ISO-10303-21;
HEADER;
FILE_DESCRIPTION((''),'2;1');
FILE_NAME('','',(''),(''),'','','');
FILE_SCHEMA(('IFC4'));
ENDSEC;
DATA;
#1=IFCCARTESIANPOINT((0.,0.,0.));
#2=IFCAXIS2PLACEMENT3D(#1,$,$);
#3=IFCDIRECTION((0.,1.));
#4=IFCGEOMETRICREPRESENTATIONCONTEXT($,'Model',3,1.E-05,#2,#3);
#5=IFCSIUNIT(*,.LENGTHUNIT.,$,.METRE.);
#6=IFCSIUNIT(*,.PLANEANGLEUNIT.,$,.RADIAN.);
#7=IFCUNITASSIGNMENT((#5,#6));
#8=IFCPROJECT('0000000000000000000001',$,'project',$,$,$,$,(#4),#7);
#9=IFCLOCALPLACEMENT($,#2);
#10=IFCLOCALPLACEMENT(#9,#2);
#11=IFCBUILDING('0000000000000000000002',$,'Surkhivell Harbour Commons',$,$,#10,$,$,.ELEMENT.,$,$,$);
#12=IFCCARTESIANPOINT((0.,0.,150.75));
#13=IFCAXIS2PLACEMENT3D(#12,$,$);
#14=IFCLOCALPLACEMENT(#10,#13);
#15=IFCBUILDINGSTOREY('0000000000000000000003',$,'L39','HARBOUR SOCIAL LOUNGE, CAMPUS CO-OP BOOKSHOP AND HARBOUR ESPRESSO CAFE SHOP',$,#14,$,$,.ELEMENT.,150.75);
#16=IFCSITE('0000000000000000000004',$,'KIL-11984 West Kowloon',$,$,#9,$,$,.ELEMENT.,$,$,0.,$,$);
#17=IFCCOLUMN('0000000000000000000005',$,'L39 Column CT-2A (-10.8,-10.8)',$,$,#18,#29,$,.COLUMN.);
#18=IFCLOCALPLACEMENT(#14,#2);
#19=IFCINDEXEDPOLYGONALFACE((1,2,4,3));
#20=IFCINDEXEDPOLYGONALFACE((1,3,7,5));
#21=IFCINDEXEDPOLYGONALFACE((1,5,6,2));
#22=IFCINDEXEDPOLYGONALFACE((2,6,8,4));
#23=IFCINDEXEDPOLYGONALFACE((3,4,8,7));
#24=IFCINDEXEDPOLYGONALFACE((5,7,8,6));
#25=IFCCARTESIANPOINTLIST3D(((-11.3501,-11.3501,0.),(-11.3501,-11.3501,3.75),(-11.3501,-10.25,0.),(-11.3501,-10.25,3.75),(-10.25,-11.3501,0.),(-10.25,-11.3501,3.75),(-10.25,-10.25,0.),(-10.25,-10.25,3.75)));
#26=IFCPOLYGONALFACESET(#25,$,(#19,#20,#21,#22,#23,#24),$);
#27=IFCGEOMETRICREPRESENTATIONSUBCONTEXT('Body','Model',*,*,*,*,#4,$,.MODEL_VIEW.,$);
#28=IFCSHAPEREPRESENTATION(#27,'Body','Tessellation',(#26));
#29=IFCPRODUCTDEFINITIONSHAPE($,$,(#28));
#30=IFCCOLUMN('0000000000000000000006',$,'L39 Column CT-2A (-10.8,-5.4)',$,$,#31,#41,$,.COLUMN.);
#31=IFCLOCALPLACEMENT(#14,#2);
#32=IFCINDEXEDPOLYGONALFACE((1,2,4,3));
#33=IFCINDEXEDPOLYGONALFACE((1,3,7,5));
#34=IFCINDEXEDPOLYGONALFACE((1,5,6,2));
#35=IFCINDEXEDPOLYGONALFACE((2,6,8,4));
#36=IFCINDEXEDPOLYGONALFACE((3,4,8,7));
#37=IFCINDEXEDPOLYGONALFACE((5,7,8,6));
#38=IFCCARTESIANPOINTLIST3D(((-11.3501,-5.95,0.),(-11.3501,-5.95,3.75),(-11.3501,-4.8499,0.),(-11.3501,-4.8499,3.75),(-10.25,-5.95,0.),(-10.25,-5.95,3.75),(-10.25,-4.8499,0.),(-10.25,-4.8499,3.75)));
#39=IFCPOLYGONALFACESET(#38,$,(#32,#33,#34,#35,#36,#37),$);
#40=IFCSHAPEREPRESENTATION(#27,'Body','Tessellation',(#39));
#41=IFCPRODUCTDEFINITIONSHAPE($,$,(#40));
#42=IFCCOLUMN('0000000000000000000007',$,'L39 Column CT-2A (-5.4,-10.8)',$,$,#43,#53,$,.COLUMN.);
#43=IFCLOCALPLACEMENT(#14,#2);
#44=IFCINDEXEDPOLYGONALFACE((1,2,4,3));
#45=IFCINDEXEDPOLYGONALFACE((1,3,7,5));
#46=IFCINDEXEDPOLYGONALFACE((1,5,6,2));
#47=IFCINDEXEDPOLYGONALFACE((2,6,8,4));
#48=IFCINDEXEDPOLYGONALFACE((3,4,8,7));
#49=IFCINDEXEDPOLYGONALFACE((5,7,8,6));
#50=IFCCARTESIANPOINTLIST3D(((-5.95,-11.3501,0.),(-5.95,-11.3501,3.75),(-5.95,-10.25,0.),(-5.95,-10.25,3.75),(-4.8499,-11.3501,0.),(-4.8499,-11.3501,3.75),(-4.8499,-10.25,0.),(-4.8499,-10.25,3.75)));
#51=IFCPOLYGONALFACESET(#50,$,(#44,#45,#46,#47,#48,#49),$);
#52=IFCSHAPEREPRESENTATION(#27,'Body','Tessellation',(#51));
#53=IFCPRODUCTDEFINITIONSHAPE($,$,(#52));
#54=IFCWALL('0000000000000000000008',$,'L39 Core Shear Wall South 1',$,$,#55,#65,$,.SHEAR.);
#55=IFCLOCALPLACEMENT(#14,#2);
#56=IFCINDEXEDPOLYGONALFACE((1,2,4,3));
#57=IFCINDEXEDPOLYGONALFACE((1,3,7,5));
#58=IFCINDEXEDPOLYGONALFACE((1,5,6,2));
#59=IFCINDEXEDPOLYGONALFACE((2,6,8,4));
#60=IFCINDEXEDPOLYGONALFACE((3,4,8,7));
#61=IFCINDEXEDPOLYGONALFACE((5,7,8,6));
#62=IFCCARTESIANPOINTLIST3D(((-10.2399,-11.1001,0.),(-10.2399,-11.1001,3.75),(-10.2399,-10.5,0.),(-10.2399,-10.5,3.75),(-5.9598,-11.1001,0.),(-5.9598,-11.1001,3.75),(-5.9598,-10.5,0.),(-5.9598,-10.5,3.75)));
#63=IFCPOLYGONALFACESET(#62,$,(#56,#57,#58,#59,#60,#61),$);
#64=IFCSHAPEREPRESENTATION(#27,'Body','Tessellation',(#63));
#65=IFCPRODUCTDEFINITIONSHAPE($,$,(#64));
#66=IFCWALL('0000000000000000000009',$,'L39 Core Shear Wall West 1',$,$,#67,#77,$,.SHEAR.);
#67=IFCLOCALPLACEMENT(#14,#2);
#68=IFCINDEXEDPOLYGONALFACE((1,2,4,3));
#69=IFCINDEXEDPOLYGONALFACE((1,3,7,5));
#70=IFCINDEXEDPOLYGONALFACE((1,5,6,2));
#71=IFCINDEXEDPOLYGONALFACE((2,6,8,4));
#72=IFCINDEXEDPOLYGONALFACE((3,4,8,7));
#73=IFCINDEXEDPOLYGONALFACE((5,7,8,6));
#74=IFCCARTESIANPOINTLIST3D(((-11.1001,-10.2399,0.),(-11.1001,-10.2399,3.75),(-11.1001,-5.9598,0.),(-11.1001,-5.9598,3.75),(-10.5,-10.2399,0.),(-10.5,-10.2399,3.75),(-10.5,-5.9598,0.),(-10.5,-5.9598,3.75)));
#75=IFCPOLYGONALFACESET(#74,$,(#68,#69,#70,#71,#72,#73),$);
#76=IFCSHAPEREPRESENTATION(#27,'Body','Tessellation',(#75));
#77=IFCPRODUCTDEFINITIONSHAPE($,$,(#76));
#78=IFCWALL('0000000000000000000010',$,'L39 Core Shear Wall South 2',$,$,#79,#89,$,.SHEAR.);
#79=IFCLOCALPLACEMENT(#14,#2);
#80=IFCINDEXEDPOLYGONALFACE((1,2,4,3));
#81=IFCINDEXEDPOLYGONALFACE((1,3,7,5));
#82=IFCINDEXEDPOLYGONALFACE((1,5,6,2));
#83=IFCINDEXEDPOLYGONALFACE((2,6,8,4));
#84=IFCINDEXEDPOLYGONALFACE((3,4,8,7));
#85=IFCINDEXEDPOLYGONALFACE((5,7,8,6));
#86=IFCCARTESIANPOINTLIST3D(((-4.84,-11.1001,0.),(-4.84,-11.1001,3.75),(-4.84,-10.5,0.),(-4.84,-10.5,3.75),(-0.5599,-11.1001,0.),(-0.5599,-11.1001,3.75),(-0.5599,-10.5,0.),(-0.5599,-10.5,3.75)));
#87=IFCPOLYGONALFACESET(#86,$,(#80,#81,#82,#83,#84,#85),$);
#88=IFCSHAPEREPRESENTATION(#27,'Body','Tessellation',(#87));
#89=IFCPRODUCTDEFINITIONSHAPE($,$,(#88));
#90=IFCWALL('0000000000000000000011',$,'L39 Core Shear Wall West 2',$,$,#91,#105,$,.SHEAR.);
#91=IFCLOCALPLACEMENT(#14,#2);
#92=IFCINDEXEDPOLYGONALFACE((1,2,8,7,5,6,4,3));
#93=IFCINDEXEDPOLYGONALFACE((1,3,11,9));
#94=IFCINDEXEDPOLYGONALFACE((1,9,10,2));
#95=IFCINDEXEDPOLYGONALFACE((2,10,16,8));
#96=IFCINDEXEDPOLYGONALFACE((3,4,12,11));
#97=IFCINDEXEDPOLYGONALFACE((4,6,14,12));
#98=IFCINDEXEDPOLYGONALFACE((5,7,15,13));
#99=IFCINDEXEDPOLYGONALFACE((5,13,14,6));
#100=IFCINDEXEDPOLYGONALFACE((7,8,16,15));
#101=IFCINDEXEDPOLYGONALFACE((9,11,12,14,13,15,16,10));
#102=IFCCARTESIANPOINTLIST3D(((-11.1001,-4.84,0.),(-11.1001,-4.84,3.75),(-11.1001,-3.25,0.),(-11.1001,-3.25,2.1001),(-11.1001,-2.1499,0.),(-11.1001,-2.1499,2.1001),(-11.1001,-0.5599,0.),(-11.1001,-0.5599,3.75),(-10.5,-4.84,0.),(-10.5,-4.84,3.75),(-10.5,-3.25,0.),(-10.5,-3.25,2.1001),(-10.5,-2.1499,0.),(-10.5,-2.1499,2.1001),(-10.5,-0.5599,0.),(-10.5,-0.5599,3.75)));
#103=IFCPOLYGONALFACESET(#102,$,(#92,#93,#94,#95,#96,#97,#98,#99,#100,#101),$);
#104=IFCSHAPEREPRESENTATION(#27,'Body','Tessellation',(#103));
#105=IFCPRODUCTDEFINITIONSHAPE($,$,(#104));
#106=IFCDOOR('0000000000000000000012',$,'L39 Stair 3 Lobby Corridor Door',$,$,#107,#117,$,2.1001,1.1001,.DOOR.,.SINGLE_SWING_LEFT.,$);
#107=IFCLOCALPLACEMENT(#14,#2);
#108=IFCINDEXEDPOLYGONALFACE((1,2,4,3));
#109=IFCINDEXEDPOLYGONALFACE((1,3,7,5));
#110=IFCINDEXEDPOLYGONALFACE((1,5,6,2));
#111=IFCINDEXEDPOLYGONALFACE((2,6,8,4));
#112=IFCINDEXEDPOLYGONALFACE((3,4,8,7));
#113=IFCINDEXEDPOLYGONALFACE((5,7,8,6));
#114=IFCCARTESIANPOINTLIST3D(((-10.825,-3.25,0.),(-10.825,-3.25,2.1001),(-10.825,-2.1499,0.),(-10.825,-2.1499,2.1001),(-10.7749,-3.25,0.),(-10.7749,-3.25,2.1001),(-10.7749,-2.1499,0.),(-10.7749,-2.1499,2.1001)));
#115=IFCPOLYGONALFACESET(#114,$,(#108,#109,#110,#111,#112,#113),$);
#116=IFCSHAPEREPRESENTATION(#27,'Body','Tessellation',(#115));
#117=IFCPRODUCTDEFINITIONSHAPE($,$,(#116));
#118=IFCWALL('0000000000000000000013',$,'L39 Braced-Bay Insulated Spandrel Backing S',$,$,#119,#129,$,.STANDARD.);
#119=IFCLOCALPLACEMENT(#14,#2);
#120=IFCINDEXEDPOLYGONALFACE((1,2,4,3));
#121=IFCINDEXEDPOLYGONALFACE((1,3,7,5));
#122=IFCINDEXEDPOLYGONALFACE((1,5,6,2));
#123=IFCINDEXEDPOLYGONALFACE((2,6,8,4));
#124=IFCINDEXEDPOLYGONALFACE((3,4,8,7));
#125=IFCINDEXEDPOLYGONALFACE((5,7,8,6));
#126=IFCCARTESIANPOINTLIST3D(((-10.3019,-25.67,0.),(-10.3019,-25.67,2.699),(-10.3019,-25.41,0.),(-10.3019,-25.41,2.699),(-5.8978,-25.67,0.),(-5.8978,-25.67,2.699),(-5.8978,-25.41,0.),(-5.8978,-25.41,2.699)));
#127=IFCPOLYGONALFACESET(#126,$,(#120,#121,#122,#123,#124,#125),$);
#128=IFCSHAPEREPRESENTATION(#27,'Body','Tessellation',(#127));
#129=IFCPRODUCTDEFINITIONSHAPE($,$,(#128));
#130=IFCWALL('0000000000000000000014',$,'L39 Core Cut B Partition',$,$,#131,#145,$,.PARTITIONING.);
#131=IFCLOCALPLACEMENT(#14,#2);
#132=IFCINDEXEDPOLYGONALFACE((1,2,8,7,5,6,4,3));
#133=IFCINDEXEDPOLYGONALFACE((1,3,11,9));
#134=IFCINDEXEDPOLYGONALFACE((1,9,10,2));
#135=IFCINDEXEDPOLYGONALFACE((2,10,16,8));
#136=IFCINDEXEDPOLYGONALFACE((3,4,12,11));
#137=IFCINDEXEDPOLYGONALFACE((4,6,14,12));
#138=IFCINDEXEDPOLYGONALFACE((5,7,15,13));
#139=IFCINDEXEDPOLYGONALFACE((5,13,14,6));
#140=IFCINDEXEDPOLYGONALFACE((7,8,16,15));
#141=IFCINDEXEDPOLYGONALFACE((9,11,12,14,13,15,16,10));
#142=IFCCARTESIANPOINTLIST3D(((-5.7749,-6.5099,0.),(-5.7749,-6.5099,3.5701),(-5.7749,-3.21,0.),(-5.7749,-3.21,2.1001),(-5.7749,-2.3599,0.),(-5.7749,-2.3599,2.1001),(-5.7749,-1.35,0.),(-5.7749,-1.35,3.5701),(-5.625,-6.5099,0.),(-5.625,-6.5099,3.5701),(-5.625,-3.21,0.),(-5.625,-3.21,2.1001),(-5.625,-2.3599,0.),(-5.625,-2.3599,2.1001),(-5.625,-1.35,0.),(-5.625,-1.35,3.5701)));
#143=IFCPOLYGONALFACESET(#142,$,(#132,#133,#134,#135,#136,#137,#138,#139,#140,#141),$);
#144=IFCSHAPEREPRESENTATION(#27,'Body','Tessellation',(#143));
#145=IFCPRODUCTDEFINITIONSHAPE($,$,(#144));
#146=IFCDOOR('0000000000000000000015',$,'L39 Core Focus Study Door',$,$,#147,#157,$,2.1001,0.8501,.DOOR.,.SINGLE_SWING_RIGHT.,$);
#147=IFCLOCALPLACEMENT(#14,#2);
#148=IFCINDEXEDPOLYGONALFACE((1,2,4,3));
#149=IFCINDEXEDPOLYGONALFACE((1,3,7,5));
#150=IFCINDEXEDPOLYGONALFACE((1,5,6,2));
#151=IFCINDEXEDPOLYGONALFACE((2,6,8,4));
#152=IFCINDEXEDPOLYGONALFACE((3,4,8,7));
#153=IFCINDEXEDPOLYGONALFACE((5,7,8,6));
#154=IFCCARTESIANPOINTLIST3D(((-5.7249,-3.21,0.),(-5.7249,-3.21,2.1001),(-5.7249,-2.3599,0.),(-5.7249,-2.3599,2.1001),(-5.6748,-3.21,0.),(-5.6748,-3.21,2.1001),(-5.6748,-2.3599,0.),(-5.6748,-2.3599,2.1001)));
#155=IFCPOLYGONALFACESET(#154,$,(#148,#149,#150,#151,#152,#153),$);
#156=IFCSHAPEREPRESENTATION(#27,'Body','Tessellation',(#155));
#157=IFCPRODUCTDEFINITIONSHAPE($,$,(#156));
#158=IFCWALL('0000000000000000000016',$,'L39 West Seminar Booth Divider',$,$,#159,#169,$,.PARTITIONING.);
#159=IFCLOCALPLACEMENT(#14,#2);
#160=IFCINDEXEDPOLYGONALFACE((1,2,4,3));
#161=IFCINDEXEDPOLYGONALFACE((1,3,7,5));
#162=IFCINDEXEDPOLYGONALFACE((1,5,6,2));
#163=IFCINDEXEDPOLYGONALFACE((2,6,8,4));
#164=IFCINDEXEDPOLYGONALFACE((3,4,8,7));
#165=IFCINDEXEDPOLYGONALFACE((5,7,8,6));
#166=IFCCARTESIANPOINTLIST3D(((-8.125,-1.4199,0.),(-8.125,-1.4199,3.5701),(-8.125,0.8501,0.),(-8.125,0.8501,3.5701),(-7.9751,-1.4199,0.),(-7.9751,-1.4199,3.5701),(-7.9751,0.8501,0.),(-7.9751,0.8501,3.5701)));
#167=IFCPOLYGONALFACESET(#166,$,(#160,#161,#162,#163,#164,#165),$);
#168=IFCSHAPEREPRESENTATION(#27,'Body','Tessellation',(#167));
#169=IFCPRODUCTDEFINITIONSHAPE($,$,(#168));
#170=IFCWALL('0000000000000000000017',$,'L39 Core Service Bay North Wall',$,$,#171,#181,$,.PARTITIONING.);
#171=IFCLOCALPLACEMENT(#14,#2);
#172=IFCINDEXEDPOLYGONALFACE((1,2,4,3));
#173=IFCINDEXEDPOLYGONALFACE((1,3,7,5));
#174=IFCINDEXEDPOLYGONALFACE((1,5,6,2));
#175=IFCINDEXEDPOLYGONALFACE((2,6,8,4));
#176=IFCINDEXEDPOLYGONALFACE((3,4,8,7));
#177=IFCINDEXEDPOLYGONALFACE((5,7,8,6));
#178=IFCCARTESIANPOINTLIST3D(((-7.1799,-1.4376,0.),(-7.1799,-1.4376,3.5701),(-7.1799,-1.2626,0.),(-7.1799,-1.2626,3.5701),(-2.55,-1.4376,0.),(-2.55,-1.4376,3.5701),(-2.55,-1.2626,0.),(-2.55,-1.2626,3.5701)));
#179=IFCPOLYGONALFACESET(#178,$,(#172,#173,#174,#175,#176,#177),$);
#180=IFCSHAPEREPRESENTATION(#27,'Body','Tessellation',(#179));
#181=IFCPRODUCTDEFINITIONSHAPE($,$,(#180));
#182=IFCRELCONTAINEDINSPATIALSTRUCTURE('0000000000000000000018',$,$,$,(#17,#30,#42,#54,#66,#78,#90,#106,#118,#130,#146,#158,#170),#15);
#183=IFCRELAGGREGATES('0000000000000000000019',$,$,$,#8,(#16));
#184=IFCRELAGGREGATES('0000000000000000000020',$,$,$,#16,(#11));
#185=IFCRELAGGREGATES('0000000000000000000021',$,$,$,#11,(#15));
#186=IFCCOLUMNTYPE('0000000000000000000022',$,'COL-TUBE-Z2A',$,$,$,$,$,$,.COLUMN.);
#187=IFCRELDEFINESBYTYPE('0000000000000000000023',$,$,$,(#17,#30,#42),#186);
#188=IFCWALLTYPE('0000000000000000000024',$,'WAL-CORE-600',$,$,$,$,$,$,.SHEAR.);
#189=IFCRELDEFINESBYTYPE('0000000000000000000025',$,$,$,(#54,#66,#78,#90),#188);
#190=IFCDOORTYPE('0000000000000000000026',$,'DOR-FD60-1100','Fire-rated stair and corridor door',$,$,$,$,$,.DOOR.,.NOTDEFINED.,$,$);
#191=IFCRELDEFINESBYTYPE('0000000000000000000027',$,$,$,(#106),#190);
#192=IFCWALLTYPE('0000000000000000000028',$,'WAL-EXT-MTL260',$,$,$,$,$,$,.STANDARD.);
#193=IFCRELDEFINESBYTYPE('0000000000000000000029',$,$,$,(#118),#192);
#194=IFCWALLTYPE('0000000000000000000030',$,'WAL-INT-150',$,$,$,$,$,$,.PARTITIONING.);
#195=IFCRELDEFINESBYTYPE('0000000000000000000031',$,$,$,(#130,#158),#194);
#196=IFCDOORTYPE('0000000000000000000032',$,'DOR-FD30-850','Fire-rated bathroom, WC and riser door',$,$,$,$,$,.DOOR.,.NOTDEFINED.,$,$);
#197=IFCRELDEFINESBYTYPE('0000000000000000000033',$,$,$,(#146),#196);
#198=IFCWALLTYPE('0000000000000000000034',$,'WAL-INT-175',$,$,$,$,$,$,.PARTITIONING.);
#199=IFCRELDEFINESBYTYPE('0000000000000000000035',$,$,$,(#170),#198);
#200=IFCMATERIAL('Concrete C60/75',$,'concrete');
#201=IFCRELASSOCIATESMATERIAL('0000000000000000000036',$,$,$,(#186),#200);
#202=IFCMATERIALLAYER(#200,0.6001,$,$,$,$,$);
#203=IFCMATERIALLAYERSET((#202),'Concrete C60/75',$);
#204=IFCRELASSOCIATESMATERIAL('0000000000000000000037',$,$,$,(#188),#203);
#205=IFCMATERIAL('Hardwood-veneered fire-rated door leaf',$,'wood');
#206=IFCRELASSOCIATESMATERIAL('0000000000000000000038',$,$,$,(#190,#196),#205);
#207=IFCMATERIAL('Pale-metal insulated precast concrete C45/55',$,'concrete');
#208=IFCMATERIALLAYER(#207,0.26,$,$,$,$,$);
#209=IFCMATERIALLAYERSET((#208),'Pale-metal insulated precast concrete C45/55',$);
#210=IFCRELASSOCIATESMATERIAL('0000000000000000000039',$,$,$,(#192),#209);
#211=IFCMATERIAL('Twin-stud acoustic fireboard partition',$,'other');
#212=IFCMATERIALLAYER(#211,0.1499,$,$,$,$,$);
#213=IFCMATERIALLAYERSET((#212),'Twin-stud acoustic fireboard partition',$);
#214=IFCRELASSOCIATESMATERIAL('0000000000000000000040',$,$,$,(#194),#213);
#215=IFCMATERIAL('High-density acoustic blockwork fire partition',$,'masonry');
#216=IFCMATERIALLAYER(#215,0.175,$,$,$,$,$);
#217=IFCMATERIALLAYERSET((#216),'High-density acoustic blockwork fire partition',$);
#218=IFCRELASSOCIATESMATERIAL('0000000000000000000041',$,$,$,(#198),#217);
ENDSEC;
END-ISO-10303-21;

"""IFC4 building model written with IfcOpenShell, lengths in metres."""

from ifc_helpers import new_model, si_unit, direction, frame, frame_2d, origin, origin_2d, place, context, subcontext, project, spatial, rectangle, extrude, material, layer, layer_set, material_profile, profile_set, type_object, element, fill, save


model = new_model("IFC4")

# Units and contexts
model_context = context("Model", 3, precision=1e-05, world=origin(), true_north=direction((0.0, 1.0)))
body_context = subcontext(model_context, "Body", "Model", "MODEL_VIEW")
ifc_project = project(units=[si_unit("LENGTHUNIT", "METRE"), si_unit("PLANEANGLEUNIT", "RADIAN")], contexts=[model_context])

# Site, building, storey
site_placement = place(None, origin())
site = spatial("IfcSite", under=ifc_project, at=site_placement, Name="KIL-11984 West Kowloon", CompositionType="ELEMENT", RefElevation=0.0)
building_placement = place(site_placement, origin())
building = spatial("IfcBuilding", under=site, at=building_placement, Name="Surkhivell Harbour Commons", CompositionType="ELEMENT")
storey_placement = place(building_placement, frame((0.0, 0.0, 150.75)))
storey = spatial("IfcBuildingStorey", under=building, at=storey_placement, Name="L39", Description="HARBOUR SOCIAL LOUNGE, CAMPUS CO-OP BOOKSHOP AND HARBOUR ESPRESSO CAFE SHOP", CompositionType="ELEMENT", Elevation=150.75)

# Columns
ifc_material_1 = material(Name="Concrete C60/75", Category="concrete")
ifc_material_profile = material_profile(ifc_material_1, rectangle(XDim=1.1001, YDim=1.1001, at=origin_2d()), Name="RC-COL-1100x1100")
ifc_profile_set = profile_set([ifc_material_profile], Name="Concrete C60/75")
column_type = type_object("IfcColumnType", Name="COL-TUBE-Z2A", PredefinedType="COLUMN", material=ifc_profile_set)
for number, where, z_axis, x_axis, name in (
    (1, (-10.8, -10.8, 0.0), (0.0, 0.0, 1.0), (1.0, 0.0, 0.0), "L39 Column CT-2A (-10.8,-10.8)"),
    (2, (-10.8, -5.3999, 0.0), (0.0, 0.0, 1.0), (1.0, 0.0, 0.0), "L39 Column CT-2A (-10.8,-5.4)"),
    (3, (-5.3999, -10.8, 0.0), (0.0, 0.0, 1.0), (1.0, 0.0, 0.0), "L39 Column CT-2A (-5.4,-10.8)"),
):
    element("IfcColumn", number, at=place(storey_placement, frame(where, z_axis=z_axis, x_axis=x_axis)), inside=storey, type_object=column_type, Name=name, PredefinedType="COLUMN", context=body_context, shape_type="SweptSolid", body=[
        extrude(rectangle(XDim=1.1001, YDim=1.1001, at=origin_2d()), origin(), (0.0, 0.0, 1.0), 3.75),
    ])

# Walls
ifc_layer_1 = layer(ifc_material_1, 0.6001)
ifc_layer_set_1 = layer_set([ifc_layer_1], Name="Concrete C60/75")
wall_type_1 = type_object("IfcWallType", Name="WAL-CORE-600", PredefinedType="SHEAR", material=ifc_layer_set_1)
for number, where, z_axis, x_axis, name in (
    (4, (-10.24, -10.8, 0.0), (0.0, 0.0, 1.0), (1.0, 0.0, 0.0), "L39 Core Shear Wall South 1"),
    (5, (-10.8, -10.24, 0.0), (0.0, 0.0, 1.0), (0.0, 1.0, 0.0), "L39 Core Shear Wall West 1"),
    (6, (-4.8401, -10.8, 0.0), (0.0, 0.0, 1.0), (1.0, 0.0, 0.0), "L39 Core Shear Wall South 2"),
):
    element("IfcWall", number, at=place(storey_placement, frame(where, z_axis=z_axis, x_axis=x_axis)), inside=storey, type_object=wall_type_1, Name=name, PredefinedType="SHEAR", context=body_context, shape_type="SweptSolid", body=[
        extrude(rectangle(XDim=4.28, YDim=0.6001, at=frame_2d((2.1401, 0.0))), origin(), (0.0, 0.0, 1.0), 3.75),
    ])

# Wall, opening, door
wall_1_placement = place(storey_placement, frame((-10.8, -4.8401, 0.0), z_axis=(0.0, 0.0, 1.0), x_axis=(0.0, 1.0, 0.0)))
wall_1 = element("IfcWall", 7, at=wall_1_placement, inside=storey, type_object=wall_type_1, Name="L39 Core Shear Wall West 2", PredefinedType="SHEAR", context=body_context, shape_type="SweptSolid", body=[
    extrude(rectangle(XDim=4.28, YDim=0.6001, at=frame_2d((2.1401, 0.0))), origin(), (0.0, 0.0, 1.0), 3.75),
])
opening_1_placement = place(wall_1_placement, frame((1.5901, 0.0, 0.0)))
opening_1 = element("IfcOpeningElement", 8, at=opening_1_placement, cuts=wall_1, PredefinedType="OPENING", context=body_context, shape_type="SweptSolid", body=[
    extrude(rectangle(XDim=1.1001, YDim=2.1001, at=frame_2d((0.55, 1.05))), frame((0.0, 0.3101, 0.0), z_axis=(0.0, -1.0, 0.0), x_axis=(1.0, 0.0, 0.0)), (0.0, 0.0, 1.0), 0.6201),
])
ifc_material_2 = material(Name="Hardwood-veneered fire-rated door leaf", Category="wood")
door_type_1 = type_object("IfcDoorType", Name="DOR-FD60-1100", Description="Fire-rated stair and corridor door", OperationType="NOTDEFINED", PredefinedType="DOOR", material=ifc_material_2)
door_1_placement = place(opening_1_placement, origin())
door_1 = element("IfcDoor", 9, at=door_1_placement, inside=storey, type_object=door_type_1, Name="L39 Stair 3 Lobby Corridor Door", OperationType="SINGLE_SWING_LEFT", OverallHeight=2.1001, OverallWidth=1.1001, PredefinedType="DOOR", context=body_context, shape_type="SweptSolid", body=[
    extrude(rectangle(XDim=1.1001, YDim=2.1001, at=frame_2d((0.55, 1.05))), frame((0.0, 0.0249, 0.0), z_axis=(0.0, -1.0, 0.0), x_axis=(1.0, 0.0, 0.0)), (0.0, 0.0, 1.0), 0.05),
])
fill(opening_1, door_1)

# Wall
ifc_material_3 = material(Name="Pale-metal insulated precast concrete C45/55", Category="concrete")
ifc_layer_2 = layer(ifc_material_3, 0.26)
ifc_layer_set_2 = layer_set([ifc_layer_2], Name="Pale-metal insulated precast concrete C45/55")
wall_type_2 = type_object("IfcWallType", Name="WAL-EXT-MTL260", PredefinedType="STANDARD", material=ifc_layer_set_2)
wall_2_placement = place(storey_placement, frame((-10.302, -25.54, 0.0), z_axis=(0.0, 0.0, 1.0), x_axis=(1.0, 0.0, 0.0)))
element("IfcWall", 10, at=wall_2_placement, inside=storey, type_object=wall_type_2, Name="L39 Braced-Bay Insulated Spandrel Backing S", PredefinedType="STANDARD", context=body_context, shape_type="SweptSolid", body=[
    extrude(rectangle(XDim=4.4041, YDim=0.26, at=frame_2d((2.2021, 0.0))), origin(), (0.0, 0.0, 1.0), 2.699),
])

# Wall, opening, door
ifc_material_4 = material(Name="Twin-stud acoustic fireboard partition", Category="other")
ifc_layer_3 = layer(ifc_material_4, 0.1499)
ifc_layer_set_3 = layer_set([ifc_layer_3], Name="Twin-stud acoustic fireboard partition")
wall_type_3 = type_object("IfcWallType", Name="WAL-INT-150", PredefinedType="PARTITIONING", material=ifc_layer_set_3)
wall_3_placement = place(storey_placement, frame((-5.7, -6.51, 0.0), z_axis=(0.0, 0.0, 1.0), x_axis=(0.0, 1.0, 0.0)))
wall_3 = element("IfcWall", 11, at=wall_3_placement, inside=storey, type_object=wall_type_3, Name="L39 Core Cut B Partition", PredefinedType="PARTITIONING", context=body_context, shape_type="SweptSolid", body=[
    extrude(rectangle(XDim=5.1599, YDim=0.1499, at=frame_2d((2.5801, 0.0))), origin(), (0.0, 0.0, 1.0), 3.5701),
])
opening_2_placement = place(wall_3_placement, frame((3.3, 0.0, 0.0)))
opening_2 = element("IfcOpeningElement", 12, at=opening_2_placement, cuts=wall_3, PredefinedType="OPENING", context=body_context, shape_type="SweptSolid", body=[
    extrude(rectangle(XDim=0.8501, YDim=2.1001, at=frame_2d((0.425, 1.05))), frame((0.0, 0.085, 0.0), z_axis=(0.0, -1.0, 0.0), x_axis=(1.0, 0.0, 0.0)), (0.0, 0.0, 1.0), 0.1699),
])
door_type_2 = type_object("IfcDoorType", Name="DOR-FD30-850", Description="Fire-rated bathroom, WC and riser door", OperationType="NOTDEFINED", PredefinedType="DOOR", material=ifc_material_2)
door_2_placement = place(opening_2_placement, origin())
door_2 = element("IfcDoor", 13, at=door_2_placement, inside=storey, type_object=door_type_2, Name="L39 Core Focus Study Door", OperationType="SINGLE_SWING_RIGHT", OverallHeight=2.1001, OverallWidth=0.8501, PredefinedType="DOOR", context=body_context, shape_type="SweptSolid", body=[
    extrude(rectangle(XDim=0.8501, YDim=2.1001, at=frame_2d((0.425, 1.05))), frame((0.0, 0.0249, 0.0), z_axis=(0.0, -1.0, 0.0), x_axis=(1.0, 0.0, 0.0)), (0.0, 0.0, 1.0), 0.05),
])
fill(opening_2, door_2)

# Walls
wall_4_placement = place(storey_placement, frame((-8.05, -1.4199, 0.0), z_axis=(0.0, 0.0, 1.0), x_axis=(0.0, 1.0, 0.0)))
element("IfcWall", 14, at=wall_4_placement, inside=storey, type_object=wall_type_3, Name="L39 West Seminar Booth Divider", PredefinedType="PARTITIONING", context=body_context, shape_type="SweptSolid", body=[
    extrude(rectangle(XDim=2.27, YDim=0.1499, at=frame_2d((1.135, 0.0))), origin(), (0.0, 0.0, 1.0), 3.5701),
])
ifc_material_5 = material(Name="High-density acoustic blockwork fire partition", Category="masonry")
ifc_layer_4 = layer(ifc_material_5, 0.175)
ifc_layer_set_4 = layer_set([ifc_layer_4], Name="High-density acoustic blockwork fire partition")
wall_type_4 = type_object("IfcWallType", Name="WAL-INT-175", PredefinedType="PARTITIONING", material=ifc_layer_set_4)
wall_5_placement = place(storey_placement, frame((-7.1799, -1.3501, 0.0), z_axis=(0.0, 0.0, 1.0), x_axis=(1.0, 0.0, 0.0)))
element("IfcWall", 15, at=wall_5_placement, inside=storey, type_object=wall_type_4, Name="L39 Core Service Bay North Wall", PredefinedType="PARTITIONING", context=body_context, shape_type="SweptSolid", body=[
    extrude(rectangle(XDim=4.6299, YDim=0.175, at=frame_2d((2.3149, 0.0))), origin(), (0.0, 0.0, 1.0), 3.5701),
])

save(model, "model.ifc")
